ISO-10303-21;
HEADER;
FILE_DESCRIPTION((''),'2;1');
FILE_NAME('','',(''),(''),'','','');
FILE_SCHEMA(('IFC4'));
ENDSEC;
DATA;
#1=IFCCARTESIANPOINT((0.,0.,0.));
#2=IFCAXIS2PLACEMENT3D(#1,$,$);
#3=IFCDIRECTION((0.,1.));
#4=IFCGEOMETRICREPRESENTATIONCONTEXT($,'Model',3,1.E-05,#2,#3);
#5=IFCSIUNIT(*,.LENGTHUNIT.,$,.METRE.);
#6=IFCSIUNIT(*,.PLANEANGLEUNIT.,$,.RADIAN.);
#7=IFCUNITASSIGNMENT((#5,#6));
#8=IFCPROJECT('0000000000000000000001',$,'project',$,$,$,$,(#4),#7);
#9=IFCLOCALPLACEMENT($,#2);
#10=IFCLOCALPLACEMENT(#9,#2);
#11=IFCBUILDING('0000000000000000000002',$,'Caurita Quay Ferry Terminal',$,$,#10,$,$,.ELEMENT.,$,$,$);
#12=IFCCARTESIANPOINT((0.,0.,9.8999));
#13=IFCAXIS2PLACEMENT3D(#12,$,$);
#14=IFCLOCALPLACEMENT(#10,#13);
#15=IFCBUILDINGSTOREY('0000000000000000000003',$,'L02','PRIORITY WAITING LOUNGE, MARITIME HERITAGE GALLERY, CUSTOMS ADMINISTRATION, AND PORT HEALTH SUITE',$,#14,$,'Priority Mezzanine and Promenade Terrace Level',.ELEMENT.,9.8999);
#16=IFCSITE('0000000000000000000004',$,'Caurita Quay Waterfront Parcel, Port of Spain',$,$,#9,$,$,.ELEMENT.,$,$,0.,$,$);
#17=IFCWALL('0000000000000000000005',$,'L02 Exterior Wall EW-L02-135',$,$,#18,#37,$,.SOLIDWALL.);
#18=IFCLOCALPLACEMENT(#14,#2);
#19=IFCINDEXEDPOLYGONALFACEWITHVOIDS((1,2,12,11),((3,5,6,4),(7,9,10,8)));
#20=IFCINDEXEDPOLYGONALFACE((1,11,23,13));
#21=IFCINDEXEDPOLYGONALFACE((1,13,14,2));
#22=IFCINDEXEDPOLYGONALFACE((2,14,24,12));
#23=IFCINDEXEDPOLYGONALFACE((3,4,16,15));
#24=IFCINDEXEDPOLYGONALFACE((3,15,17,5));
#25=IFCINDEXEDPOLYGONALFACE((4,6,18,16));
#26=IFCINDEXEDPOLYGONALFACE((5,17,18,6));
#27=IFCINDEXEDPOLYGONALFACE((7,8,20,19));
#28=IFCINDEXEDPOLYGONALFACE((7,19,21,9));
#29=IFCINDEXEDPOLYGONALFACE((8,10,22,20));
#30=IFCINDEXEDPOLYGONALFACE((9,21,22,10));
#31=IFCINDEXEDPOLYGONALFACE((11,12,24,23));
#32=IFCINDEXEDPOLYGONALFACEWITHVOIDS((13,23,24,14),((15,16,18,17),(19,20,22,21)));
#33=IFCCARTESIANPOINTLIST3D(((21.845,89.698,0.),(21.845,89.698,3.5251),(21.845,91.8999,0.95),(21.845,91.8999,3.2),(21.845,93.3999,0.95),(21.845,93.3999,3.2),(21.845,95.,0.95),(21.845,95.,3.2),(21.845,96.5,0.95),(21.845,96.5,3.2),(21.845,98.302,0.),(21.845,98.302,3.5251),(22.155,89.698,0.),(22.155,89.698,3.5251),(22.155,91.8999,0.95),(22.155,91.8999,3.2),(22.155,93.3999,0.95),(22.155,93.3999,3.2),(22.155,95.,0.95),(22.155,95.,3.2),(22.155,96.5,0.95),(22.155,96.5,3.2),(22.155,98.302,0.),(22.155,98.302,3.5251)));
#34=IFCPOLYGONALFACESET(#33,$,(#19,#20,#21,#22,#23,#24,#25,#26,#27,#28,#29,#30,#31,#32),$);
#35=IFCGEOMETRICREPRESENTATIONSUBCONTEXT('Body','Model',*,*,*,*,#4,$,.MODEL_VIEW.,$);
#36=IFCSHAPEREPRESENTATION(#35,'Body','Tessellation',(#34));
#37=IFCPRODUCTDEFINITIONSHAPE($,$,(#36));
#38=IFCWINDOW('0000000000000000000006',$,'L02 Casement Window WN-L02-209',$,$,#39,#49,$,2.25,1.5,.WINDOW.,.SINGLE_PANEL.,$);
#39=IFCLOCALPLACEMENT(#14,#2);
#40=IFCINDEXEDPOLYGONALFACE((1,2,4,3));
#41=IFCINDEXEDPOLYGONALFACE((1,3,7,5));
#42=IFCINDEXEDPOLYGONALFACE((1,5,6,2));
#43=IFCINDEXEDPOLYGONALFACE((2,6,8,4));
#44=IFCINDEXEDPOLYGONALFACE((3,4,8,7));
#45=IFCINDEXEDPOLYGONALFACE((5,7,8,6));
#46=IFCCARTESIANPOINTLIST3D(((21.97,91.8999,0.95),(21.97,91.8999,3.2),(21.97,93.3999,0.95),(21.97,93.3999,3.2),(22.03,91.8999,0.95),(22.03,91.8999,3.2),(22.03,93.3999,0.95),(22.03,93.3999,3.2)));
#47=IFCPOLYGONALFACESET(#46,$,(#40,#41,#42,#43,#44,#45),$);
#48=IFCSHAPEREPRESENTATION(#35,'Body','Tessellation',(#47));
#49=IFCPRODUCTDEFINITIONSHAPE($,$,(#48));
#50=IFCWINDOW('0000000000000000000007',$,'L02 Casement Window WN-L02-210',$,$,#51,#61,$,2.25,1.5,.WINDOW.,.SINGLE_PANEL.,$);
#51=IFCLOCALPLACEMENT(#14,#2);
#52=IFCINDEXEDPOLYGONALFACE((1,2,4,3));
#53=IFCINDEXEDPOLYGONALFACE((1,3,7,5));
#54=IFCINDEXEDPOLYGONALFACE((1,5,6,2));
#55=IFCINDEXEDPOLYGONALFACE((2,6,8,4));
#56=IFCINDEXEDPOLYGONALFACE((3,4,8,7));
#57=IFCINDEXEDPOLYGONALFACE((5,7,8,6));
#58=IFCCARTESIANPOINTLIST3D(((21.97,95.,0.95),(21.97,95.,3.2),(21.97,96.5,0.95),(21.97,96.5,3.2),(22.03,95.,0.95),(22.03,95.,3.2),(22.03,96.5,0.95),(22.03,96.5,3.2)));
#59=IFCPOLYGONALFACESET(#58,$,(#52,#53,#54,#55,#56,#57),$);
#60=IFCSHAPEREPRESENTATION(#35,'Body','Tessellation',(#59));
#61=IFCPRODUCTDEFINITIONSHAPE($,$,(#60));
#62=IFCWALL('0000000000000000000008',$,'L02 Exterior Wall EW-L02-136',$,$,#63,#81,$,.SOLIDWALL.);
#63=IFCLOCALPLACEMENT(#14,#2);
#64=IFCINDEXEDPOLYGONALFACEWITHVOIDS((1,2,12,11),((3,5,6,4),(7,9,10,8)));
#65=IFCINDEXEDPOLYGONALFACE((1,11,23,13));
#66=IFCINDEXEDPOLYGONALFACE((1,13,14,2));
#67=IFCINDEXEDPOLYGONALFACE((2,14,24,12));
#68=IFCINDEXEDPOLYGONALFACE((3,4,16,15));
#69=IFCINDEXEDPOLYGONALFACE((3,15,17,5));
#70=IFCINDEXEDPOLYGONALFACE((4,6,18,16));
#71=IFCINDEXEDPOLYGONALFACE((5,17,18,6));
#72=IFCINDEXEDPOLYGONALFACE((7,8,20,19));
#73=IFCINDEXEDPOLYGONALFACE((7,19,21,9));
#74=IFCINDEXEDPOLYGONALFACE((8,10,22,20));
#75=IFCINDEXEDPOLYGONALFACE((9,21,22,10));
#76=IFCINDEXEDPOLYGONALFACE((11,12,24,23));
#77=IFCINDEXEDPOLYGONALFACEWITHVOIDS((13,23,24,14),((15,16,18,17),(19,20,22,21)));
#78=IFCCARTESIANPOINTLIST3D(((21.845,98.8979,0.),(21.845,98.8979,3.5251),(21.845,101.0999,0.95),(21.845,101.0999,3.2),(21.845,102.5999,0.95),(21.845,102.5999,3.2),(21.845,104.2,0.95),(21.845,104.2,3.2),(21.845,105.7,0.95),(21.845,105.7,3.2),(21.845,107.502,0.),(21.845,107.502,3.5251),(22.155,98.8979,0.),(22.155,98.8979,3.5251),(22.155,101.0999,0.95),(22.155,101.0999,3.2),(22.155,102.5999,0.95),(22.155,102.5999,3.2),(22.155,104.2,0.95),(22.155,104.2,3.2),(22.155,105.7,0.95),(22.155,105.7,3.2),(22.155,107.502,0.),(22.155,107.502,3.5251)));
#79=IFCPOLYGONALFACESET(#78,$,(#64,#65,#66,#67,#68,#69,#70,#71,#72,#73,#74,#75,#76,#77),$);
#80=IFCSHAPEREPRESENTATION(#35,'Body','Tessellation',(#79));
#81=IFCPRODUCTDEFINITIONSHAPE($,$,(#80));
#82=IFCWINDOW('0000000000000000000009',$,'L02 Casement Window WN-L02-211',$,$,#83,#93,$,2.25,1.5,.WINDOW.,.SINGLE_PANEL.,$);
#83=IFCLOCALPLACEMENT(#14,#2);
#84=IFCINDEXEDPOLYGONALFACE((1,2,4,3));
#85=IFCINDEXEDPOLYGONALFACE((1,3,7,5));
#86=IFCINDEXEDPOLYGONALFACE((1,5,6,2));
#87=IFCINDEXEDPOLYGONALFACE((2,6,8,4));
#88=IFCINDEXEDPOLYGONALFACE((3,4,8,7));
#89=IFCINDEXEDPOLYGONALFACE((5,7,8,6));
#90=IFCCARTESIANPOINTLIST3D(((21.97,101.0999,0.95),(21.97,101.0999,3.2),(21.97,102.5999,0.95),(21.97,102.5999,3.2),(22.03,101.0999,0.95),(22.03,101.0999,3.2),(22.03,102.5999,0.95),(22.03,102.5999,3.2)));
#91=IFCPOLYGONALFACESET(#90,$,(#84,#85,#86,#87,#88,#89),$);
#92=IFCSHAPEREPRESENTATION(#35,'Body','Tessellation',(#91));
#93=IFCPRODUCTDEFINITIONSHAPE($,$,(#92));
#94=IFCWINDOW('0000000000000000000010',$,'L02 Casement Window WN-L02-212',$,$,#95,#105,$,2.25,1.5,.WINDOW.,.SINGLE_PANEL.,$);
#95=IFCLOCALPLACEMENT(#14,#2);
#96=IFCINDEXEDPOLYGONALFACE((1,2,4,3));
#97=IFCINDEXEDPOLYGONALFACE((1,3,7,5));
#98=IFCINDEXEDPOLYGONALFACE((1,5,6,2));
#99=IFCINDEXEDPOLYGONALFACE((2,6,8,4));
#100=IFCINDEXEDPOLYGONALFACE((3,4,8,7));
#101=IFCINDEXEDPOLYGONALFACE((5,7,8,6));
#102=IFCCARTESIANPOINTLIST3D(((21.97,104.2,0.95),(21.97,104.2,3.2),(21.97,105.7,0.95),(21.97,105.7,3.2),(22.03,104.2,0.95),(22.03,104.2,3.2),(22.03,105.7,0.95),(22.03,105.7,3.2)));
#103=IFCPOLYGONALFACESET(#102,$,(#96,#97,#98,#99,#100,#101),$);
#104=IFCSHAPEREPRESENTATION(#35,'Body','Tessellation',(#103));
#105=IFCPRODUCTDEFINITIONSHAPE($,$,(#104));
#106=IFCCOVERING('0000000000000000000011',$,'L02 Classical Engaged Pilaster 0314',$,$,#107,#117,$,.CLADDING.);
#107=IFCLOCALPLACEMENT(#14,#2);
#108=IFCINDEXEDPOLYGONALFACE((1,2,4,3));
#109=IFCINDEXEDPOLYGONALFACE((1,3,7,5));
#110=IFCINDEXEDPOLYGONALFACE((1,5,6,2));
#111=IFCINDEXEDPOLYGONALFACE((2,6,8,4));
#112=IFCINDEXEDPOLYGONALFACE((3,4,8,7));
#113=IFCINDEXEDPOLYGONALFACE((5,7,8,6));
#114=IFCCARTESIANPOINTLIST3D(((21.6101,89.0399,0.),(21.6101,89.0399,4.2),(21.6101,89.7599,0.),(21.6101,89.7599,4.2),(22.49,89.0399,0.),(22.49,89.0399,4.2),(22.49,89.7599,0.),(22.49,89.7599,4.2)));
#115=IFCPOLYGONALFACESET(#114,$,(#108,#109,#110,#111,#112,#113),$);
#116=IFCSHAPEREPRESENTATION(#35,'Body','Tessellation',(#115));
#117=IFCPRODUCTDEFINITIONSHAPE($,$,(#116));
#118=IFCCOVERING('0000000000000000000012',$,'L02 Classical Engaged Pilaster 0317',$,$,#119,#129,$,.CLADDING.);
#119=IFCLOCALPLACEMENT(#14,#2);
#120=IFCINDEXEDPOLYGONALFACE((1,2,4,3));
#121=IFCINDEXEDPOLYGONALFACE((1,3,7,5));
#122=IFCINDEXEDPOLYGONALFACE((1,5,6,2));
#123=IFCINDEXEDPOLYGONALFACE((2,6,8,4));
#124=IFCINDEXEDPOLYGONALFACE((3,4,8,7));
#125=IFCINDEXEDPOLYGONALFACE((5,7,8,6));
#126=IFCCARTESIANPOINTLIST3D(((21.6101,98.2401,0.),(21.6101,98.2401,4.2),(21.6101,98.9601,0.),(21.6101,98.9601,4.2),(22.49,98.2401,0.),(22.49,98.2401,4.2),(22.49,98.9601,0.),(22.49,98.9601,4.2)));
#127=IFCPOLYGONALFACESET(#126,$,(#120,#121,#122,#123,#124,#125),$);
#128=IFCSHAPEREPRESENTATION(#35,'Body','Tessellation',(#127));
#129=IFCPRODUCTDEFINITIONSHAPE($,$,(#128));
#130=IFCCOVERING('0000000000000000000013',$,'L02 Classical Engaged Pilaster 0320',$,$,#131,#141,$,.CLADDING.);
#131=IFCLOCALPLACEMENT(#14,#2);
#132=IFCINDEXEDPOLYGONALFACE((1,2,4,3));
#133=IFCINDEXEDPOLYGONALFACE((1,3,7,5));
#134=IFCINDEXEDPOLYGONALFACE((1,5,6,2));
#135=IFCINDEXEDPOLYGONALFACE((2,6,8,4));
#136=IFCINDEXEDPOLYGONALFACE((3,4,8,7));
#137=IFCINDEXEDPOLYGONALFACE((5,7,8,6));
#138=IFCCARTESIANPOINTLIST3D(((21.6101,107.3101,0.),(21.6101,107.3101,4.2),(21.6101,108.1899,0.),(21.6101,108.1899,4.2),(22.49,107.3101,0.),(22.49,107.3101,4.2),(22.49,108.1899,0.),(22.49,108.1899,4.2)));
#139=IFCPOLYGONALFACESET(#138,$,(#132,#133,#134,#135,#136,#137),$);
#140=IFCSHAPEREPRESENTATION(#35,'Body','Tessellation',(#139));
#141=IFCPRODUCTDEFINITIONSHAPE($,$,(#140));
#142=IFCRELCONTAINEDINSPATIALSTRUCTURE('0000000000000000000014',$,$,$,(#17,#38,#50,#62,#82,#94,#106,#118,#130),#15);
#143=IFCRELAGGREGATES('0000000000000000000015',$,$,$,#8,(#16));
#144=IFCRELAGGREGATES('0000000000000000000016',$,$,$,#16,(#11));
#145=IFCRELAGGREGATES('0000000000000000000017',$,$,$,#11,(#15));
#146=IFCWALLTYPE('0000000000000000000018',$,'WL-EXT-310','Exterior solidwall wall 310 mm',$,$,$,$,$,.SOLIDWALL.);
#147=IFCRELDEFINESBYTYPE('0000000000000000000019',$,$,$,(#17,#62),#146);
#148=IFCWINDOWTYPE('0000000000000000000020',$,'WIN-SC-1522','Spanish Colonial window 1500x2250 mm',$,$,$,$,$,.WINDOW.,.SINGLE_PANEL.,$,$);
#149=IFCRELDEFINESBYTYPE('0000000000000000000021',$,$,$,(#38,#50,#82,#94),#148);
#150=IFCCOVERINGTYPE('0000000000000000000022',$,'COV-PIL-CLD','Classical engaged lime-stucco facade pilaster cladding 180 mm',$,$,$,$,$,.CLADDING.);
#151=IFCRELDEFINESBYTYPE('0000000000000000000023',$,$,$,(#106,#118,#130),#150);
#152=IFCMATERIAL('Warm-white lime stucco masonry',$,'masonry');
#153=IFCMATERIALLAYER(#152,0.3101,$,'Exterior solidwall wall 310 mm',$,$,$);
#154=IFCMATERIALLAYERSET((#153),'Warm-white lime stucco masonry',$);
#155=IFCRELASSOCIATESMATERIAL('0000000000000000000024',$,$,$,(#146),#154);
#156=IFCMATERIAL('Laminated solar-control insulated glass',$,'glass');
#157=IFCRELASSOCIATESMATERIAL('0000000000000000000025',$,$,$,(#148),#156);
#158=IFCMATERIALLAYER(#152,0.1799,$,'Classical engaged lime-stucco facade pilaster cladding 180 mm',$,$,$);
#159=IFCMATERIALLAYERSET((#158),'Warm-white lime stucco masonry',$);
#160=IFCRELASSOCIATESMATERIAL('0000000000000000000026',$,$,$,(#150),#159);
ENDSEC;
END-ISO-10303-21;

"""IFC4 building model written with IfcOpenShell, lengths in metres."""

from ifc_helpers import new_model, si_unit, direction, frame, frame_2d, origin, origin_2d, place, context, subcontext, project, spatial, rectangle, extrude, material, layer, layer_set, type_object, element, fill, save


model = new_model("IFC4")

# Units and contexts
model_context = context("Model", 3, precision=1e-05, world=origin(), true_north=direction((0.0, 1.0)))
body_context = subcontext(model_context, "Body", "Model", "MODEL_VIEW")
ifc_project = project(units=[si_unit("LENGTHUNIT", "METRE"), si_unit("PLANEANGLEUNIT", "RADIAN")], contexts=[model_context])

# Site, building, storey
site_placement = place(None, origin())
site = spatial("IfcSite", under=ifc_project, at=site_placement, Name="Caurita Quay Waterfront Parcel, Port of Spain", CompositionType="ELEMENT", RefElevation=0.0)
building_placement = place(site_placement, origin())
building = spatial("IfcBuilding", under=site, at=building_placement, Name="Caurita Quay Ferry Terminal", CompositionType="ELEMENT")
storey_placement = place(building_placement, frame((0.0, 0.0, 9.8999)))
storey = spatial("IfcBuildingStorey", under=building, at=storey_placement, Name="L02", Description="PRIORITY WAITING LOUNGE, MARITIME HERITAGE GALLERY, CUSTOMS ADMINISTRATION, AND PORT HEALTH SUITE", LongName="Priority Mezzanine and Promenade Terrace Level", CompositionType="ELEMENT", Elevation=9.8999)

# Shared definitions
ifc_material_1 = material(Name="Warm-white lime stucco masonry", Category="masonry")

# Walls, openings, windows
ifc_layer_1 = layer(ifc_material_1, 0.3101, Name="Exterior solidwall wall 310 mm")
ifc_layer_set_1 = layer_set([ifc_layer_1], Name="Warm-white lime stucco masonry")
wall_type_1 = type_object("IfcWallType", Name="WL-EXT-310", Description="Exterior solidwall wall 310 mm", PredefinedType="SOLIDWALL", material=ifc_layer_set_1)
wall_1_placement = place(storey_placement, frame((22.0, 89.698, 0.0), z_axis=(0.0, 0.0, 1.0), x_axis=(0.0, 1.0, 0.0)))
wall_1 = element("IfcWall", 1, at=wall_1_placement, inside=storey, type_object=wall_type_1, Name="L02 Exterior Wall EW-L02-135", PredefinedType="SOLIDWALL", context=body_context, shape_type="SweptSolid", body=[
    extrude(rectangle(XDim=8.604, YDim=0.3101, at=frame_2d((4.302, 0.0))), origin(), (0.0, 0.0, 1.0), 3.5251),
])
opening_1_placement = place(wall_1_placement, frame((2.2019, 0.0, 0.95)))
opening_1 = element("IfcOpeningElement", 2, at=opening_1_placement, cuts=wall_1, PredefinedType="OPENING", context=body_context, shape_type="SweptSolid", body=[
    extrude(rectangle(XDim=1.5, YDim=2.25, at=frame_2d((0.75, 1.125))), frame((0.0, 0.165, 0.0), z_axis=(0.0, -1.0, 0.0), x_axis=(1.0, 0.0, 0.0)), (0.0, 0.0, 1.0), 0.3301),
])
opening_2_placement = place(wall_1_placement, frame((5.302, 0.0, 0.95)))
opening_2 = element("IfcOpeningElement", 3, at=opening_2_placement, cuts=wall_1, PredefinedType="OPENING", context=body_context, shape_type="SweptSolid", body=[
    extrude(rectangle(XDim=1.5, YDim=2.25, at=frame_2d((0.75, 1.125))), frame((0.0, 0.165, 0.0), z_axis=(0.0, -1.0, 0.0), x_axis=(1.0, 0.0, 0.0)), (0.0, 0.0, 1.0), 0.3301),
])
ifc_material_2 = material(Name="Laminated solar-control insulated glass", Category="glass")
window_type = type_object("IfcWindowType", Name="WIN-SC-1522", Description="Spanish Colonial window 1500x2250 mm", PartitioningType="SINGLE_PANEL", PredefinedType="WINDOW", material=ifc_material_2)
window_1_placement = place(opening_1_placement, origin())
window_1 = element("IfcWindow", 4, at=window_1_placement, inside=storey, type_object=window_type, Name="L02 Casement Window WN-L02-209", OverallHeight=2.25, OverallWidth=1.5, PartitioningType="SINGLE_PANEL", PredefinedType="WINDOW", context=body_context, shape_type="SweptSolid", body=[
    extrude(rectangle(XDim=1.5, YDim=2.25, at=frame_2d((0.75, 1.125))), frame((0.0, 0.03, 0.0), z_axis=(0.0, -1.0, 0.0), x_axis=(1.0, 0.0, 0.0)), (0.0, 0.0, 1.0), 0.0601),
])
fill(opening_1, window_1)
window_2_placement = place(opening_2_placement, origin())
window_2 = element("IfcWindow", 5, at=window_2_placement, inside=storey, type_object=window_type, Name="L02 Casement Window WN-L02-210", OverallHeight=2.25, OverallWidth=1.5, PartitioningType="SINGLE_PANEL", PredefinedType="WINDOW", context=body_context, shape_type="SweptSolid", body=[
    extrude(rectangle(XDim=1.5, YDim=2.25, at=frame_2d((0.75, 1.125))), frame((0.0, 0.03, 0.0), z_axis=(0.0, -1.0, 0.0), x_axis=(1.0, 0.0, 0.0)), (0.0, 0.0, 1.0), 0.0601),
])
fill(opening_2, window_2)
wall_2_placement = place(storey_placement, frame((22.0, 98.8979, 0.0), z_axis=(0.0, 0.0, 1.0), x_axis=(0.0, 1.0, 0.0)))
wall_2 = element("IfcWall", 6, at=wall_2_placement, inside=storey, type_object=wall_type_1, Name="L02 Exterior Wall EW-L02-136", PredefinedType="SOLIDWALL", context=body_context, shape_type="SweptSolid", body=[
    extrude(rectangle(XDim=8.604, YDim=0.3101, at=frame_2d((4.302, 0.0))), origin(), (0.0, 0.0, 1.0), 3.5251),
])
opening_3_placement = place(wall_2_placement, frame((2.2019, 0.0, 0.95)))
opening_3 = element("IfcOpeningElement", 7, at=opening_3_placement, cuts=wall_2, PredefinedType="OPENING", context=body_context, shape_type="SweptSolid", body=[
    extrude(rectangle(XDim=1.5, YDim=2.25, at=frame_2d((0.75, 1.125))), frame((0.0, 0.165, 0.0), z_axis=(0.0, -1.0, 0.0), x_axis=(1.0, 0.0, 0.0)), (0.0, 0.0, 1.0), 0.3301),
])
opening_4_placement = place(wall_2_placement, frame((5.302, 0.0, 0.95)))
opening_4 = element("IfcOpeningElement", 8, at=opening_4_placement, cuts=wall_2, PredefinedType="OPENING", context=body_context, shape_type="SweptSolid", body=[
    extrude(rectangle(XDim=1.5, YDim=2.25, at=frame_2d((0.75, 1.125))), frame((0.0, 0.165, 0.0), z_axis=(0.0, -1.0, 0.0), x_axis=(1.0, 0.0, 0.0)), (0.0, 0.0, 1.0), 0.3301),
])
window_3_placement = place(opening_3_placement, origin())
window_3 = element("IfcWindow", 9, at=window_3_placement, inside=storey, type_object=window_type, Name="L02 Casement Window WN-L02-211", OverallHeight=2.25, OverallWidth=1.5, PartitioningType="SINGLE_PANEL", PredefinedType="WINDOW", context=body_context, shape_type="SweptSolid", body=[
    extrude(rectangle(XDim=1.5, YDim=2.25, at=frame_2d((0.75, 1.125))), frame((0.0, 0.03, 0.0), z_axis=(0.0, -1.0, 0.0), x_axis=(1.0, 0.0, 0.0)), (0.0, 0.0, 1.0), 0.0601),
])
fill(opening_3, window_3)
window_4_placement = place(opening_4_placement, origin())
window_4 = element("IfcWindow", 10, at=window_4_placement, inside=storey, type_object=window_type, Name="L02 Casement Window WN-L02-212", OverallHeight=2.25, OverallWidth=1.5, PartitioningType="SINGLE_PANEL", PredefinedType="WINDOW", context=body_context, shape_type="SweptSolid", body=[
    extrude(rectangle(XDim=1.5, YDim=2.25, at=frame_2d((0.75, 1.125))), frame((0.0, 0.03, 0.0), z_axis=(0.0, -1.0, 0.0), x_axis=(1.0, 0.0, 0.0)), (0.0, 0.0, 1.0), 0.0601),
])
fill(opening_4, window_4)

# Coverings
ifc_layer_2 = layer(ifc_material_1, 0.1799, Name="Classical engaged lime-stucco facade pilaster cladding 180 mm")
ifc_layer_set_2 = layer_set([ifc_layer_2], Name="Warm-white lime stucco masonry")
covering_type = type_object("IfcCoveringType", Name="COV-PIL-CLD", Description="Classical engaged lime-stucco facade pilaster cladding 180 mm", PredefinedType="CLADDING", material=ifc_layer_set_2)
for number, where, z_axis, x_axis, name in (
    (11, (22.05, 89.3999, 0.0), (0.0, 0.0, 1.0), (1.0, 0.0, 0.0), "L02 Classical Engaged Pilaster 0314"),
    (12, (22.05, 98.6001, 0.0), (0.0, 0.0, 1.0), (1.0, 0.0, 0.0), "L02 Classical Engaged Pilaster 0317"),
):
    element("IfcCovering", number, at=place(storey_placement, frame(where, z_axis=z_axis, x_axis=x_axis)), inside=storey, type_object=covering_type, Name=name, PredefinedType="CLADDING", context=body_context, shape_type="SweptSolid", body=[
        extrude(rectangle(XDim=0.8799, YDim=0.72, at=origin_2d()), origin(), (0.0, 0.0, 1.0), 4.2),
    ])
covering_placement = place(storey_placement, frame((22.05, 107.75, 0.0), z_axis=(0.0, 0.0, 1.0), x_axis=(1.0, 0.0, 0.0)))
element("IfcCovering", 13, at=covering_placement, inside=storey, type_object=covering_type, Name="L02 Classical Engaged Pilaster 0320", PredefinedType="CLADDING", context=body_context, shape_type="SweptSolid", body=[
    extrude(rectangle(XDim=0.8799, YDim=0.8799, at=origin_2d()), origin(), (0.0, 0.0, 1.0), 4.2),
])

save(model, "model.ifc")
